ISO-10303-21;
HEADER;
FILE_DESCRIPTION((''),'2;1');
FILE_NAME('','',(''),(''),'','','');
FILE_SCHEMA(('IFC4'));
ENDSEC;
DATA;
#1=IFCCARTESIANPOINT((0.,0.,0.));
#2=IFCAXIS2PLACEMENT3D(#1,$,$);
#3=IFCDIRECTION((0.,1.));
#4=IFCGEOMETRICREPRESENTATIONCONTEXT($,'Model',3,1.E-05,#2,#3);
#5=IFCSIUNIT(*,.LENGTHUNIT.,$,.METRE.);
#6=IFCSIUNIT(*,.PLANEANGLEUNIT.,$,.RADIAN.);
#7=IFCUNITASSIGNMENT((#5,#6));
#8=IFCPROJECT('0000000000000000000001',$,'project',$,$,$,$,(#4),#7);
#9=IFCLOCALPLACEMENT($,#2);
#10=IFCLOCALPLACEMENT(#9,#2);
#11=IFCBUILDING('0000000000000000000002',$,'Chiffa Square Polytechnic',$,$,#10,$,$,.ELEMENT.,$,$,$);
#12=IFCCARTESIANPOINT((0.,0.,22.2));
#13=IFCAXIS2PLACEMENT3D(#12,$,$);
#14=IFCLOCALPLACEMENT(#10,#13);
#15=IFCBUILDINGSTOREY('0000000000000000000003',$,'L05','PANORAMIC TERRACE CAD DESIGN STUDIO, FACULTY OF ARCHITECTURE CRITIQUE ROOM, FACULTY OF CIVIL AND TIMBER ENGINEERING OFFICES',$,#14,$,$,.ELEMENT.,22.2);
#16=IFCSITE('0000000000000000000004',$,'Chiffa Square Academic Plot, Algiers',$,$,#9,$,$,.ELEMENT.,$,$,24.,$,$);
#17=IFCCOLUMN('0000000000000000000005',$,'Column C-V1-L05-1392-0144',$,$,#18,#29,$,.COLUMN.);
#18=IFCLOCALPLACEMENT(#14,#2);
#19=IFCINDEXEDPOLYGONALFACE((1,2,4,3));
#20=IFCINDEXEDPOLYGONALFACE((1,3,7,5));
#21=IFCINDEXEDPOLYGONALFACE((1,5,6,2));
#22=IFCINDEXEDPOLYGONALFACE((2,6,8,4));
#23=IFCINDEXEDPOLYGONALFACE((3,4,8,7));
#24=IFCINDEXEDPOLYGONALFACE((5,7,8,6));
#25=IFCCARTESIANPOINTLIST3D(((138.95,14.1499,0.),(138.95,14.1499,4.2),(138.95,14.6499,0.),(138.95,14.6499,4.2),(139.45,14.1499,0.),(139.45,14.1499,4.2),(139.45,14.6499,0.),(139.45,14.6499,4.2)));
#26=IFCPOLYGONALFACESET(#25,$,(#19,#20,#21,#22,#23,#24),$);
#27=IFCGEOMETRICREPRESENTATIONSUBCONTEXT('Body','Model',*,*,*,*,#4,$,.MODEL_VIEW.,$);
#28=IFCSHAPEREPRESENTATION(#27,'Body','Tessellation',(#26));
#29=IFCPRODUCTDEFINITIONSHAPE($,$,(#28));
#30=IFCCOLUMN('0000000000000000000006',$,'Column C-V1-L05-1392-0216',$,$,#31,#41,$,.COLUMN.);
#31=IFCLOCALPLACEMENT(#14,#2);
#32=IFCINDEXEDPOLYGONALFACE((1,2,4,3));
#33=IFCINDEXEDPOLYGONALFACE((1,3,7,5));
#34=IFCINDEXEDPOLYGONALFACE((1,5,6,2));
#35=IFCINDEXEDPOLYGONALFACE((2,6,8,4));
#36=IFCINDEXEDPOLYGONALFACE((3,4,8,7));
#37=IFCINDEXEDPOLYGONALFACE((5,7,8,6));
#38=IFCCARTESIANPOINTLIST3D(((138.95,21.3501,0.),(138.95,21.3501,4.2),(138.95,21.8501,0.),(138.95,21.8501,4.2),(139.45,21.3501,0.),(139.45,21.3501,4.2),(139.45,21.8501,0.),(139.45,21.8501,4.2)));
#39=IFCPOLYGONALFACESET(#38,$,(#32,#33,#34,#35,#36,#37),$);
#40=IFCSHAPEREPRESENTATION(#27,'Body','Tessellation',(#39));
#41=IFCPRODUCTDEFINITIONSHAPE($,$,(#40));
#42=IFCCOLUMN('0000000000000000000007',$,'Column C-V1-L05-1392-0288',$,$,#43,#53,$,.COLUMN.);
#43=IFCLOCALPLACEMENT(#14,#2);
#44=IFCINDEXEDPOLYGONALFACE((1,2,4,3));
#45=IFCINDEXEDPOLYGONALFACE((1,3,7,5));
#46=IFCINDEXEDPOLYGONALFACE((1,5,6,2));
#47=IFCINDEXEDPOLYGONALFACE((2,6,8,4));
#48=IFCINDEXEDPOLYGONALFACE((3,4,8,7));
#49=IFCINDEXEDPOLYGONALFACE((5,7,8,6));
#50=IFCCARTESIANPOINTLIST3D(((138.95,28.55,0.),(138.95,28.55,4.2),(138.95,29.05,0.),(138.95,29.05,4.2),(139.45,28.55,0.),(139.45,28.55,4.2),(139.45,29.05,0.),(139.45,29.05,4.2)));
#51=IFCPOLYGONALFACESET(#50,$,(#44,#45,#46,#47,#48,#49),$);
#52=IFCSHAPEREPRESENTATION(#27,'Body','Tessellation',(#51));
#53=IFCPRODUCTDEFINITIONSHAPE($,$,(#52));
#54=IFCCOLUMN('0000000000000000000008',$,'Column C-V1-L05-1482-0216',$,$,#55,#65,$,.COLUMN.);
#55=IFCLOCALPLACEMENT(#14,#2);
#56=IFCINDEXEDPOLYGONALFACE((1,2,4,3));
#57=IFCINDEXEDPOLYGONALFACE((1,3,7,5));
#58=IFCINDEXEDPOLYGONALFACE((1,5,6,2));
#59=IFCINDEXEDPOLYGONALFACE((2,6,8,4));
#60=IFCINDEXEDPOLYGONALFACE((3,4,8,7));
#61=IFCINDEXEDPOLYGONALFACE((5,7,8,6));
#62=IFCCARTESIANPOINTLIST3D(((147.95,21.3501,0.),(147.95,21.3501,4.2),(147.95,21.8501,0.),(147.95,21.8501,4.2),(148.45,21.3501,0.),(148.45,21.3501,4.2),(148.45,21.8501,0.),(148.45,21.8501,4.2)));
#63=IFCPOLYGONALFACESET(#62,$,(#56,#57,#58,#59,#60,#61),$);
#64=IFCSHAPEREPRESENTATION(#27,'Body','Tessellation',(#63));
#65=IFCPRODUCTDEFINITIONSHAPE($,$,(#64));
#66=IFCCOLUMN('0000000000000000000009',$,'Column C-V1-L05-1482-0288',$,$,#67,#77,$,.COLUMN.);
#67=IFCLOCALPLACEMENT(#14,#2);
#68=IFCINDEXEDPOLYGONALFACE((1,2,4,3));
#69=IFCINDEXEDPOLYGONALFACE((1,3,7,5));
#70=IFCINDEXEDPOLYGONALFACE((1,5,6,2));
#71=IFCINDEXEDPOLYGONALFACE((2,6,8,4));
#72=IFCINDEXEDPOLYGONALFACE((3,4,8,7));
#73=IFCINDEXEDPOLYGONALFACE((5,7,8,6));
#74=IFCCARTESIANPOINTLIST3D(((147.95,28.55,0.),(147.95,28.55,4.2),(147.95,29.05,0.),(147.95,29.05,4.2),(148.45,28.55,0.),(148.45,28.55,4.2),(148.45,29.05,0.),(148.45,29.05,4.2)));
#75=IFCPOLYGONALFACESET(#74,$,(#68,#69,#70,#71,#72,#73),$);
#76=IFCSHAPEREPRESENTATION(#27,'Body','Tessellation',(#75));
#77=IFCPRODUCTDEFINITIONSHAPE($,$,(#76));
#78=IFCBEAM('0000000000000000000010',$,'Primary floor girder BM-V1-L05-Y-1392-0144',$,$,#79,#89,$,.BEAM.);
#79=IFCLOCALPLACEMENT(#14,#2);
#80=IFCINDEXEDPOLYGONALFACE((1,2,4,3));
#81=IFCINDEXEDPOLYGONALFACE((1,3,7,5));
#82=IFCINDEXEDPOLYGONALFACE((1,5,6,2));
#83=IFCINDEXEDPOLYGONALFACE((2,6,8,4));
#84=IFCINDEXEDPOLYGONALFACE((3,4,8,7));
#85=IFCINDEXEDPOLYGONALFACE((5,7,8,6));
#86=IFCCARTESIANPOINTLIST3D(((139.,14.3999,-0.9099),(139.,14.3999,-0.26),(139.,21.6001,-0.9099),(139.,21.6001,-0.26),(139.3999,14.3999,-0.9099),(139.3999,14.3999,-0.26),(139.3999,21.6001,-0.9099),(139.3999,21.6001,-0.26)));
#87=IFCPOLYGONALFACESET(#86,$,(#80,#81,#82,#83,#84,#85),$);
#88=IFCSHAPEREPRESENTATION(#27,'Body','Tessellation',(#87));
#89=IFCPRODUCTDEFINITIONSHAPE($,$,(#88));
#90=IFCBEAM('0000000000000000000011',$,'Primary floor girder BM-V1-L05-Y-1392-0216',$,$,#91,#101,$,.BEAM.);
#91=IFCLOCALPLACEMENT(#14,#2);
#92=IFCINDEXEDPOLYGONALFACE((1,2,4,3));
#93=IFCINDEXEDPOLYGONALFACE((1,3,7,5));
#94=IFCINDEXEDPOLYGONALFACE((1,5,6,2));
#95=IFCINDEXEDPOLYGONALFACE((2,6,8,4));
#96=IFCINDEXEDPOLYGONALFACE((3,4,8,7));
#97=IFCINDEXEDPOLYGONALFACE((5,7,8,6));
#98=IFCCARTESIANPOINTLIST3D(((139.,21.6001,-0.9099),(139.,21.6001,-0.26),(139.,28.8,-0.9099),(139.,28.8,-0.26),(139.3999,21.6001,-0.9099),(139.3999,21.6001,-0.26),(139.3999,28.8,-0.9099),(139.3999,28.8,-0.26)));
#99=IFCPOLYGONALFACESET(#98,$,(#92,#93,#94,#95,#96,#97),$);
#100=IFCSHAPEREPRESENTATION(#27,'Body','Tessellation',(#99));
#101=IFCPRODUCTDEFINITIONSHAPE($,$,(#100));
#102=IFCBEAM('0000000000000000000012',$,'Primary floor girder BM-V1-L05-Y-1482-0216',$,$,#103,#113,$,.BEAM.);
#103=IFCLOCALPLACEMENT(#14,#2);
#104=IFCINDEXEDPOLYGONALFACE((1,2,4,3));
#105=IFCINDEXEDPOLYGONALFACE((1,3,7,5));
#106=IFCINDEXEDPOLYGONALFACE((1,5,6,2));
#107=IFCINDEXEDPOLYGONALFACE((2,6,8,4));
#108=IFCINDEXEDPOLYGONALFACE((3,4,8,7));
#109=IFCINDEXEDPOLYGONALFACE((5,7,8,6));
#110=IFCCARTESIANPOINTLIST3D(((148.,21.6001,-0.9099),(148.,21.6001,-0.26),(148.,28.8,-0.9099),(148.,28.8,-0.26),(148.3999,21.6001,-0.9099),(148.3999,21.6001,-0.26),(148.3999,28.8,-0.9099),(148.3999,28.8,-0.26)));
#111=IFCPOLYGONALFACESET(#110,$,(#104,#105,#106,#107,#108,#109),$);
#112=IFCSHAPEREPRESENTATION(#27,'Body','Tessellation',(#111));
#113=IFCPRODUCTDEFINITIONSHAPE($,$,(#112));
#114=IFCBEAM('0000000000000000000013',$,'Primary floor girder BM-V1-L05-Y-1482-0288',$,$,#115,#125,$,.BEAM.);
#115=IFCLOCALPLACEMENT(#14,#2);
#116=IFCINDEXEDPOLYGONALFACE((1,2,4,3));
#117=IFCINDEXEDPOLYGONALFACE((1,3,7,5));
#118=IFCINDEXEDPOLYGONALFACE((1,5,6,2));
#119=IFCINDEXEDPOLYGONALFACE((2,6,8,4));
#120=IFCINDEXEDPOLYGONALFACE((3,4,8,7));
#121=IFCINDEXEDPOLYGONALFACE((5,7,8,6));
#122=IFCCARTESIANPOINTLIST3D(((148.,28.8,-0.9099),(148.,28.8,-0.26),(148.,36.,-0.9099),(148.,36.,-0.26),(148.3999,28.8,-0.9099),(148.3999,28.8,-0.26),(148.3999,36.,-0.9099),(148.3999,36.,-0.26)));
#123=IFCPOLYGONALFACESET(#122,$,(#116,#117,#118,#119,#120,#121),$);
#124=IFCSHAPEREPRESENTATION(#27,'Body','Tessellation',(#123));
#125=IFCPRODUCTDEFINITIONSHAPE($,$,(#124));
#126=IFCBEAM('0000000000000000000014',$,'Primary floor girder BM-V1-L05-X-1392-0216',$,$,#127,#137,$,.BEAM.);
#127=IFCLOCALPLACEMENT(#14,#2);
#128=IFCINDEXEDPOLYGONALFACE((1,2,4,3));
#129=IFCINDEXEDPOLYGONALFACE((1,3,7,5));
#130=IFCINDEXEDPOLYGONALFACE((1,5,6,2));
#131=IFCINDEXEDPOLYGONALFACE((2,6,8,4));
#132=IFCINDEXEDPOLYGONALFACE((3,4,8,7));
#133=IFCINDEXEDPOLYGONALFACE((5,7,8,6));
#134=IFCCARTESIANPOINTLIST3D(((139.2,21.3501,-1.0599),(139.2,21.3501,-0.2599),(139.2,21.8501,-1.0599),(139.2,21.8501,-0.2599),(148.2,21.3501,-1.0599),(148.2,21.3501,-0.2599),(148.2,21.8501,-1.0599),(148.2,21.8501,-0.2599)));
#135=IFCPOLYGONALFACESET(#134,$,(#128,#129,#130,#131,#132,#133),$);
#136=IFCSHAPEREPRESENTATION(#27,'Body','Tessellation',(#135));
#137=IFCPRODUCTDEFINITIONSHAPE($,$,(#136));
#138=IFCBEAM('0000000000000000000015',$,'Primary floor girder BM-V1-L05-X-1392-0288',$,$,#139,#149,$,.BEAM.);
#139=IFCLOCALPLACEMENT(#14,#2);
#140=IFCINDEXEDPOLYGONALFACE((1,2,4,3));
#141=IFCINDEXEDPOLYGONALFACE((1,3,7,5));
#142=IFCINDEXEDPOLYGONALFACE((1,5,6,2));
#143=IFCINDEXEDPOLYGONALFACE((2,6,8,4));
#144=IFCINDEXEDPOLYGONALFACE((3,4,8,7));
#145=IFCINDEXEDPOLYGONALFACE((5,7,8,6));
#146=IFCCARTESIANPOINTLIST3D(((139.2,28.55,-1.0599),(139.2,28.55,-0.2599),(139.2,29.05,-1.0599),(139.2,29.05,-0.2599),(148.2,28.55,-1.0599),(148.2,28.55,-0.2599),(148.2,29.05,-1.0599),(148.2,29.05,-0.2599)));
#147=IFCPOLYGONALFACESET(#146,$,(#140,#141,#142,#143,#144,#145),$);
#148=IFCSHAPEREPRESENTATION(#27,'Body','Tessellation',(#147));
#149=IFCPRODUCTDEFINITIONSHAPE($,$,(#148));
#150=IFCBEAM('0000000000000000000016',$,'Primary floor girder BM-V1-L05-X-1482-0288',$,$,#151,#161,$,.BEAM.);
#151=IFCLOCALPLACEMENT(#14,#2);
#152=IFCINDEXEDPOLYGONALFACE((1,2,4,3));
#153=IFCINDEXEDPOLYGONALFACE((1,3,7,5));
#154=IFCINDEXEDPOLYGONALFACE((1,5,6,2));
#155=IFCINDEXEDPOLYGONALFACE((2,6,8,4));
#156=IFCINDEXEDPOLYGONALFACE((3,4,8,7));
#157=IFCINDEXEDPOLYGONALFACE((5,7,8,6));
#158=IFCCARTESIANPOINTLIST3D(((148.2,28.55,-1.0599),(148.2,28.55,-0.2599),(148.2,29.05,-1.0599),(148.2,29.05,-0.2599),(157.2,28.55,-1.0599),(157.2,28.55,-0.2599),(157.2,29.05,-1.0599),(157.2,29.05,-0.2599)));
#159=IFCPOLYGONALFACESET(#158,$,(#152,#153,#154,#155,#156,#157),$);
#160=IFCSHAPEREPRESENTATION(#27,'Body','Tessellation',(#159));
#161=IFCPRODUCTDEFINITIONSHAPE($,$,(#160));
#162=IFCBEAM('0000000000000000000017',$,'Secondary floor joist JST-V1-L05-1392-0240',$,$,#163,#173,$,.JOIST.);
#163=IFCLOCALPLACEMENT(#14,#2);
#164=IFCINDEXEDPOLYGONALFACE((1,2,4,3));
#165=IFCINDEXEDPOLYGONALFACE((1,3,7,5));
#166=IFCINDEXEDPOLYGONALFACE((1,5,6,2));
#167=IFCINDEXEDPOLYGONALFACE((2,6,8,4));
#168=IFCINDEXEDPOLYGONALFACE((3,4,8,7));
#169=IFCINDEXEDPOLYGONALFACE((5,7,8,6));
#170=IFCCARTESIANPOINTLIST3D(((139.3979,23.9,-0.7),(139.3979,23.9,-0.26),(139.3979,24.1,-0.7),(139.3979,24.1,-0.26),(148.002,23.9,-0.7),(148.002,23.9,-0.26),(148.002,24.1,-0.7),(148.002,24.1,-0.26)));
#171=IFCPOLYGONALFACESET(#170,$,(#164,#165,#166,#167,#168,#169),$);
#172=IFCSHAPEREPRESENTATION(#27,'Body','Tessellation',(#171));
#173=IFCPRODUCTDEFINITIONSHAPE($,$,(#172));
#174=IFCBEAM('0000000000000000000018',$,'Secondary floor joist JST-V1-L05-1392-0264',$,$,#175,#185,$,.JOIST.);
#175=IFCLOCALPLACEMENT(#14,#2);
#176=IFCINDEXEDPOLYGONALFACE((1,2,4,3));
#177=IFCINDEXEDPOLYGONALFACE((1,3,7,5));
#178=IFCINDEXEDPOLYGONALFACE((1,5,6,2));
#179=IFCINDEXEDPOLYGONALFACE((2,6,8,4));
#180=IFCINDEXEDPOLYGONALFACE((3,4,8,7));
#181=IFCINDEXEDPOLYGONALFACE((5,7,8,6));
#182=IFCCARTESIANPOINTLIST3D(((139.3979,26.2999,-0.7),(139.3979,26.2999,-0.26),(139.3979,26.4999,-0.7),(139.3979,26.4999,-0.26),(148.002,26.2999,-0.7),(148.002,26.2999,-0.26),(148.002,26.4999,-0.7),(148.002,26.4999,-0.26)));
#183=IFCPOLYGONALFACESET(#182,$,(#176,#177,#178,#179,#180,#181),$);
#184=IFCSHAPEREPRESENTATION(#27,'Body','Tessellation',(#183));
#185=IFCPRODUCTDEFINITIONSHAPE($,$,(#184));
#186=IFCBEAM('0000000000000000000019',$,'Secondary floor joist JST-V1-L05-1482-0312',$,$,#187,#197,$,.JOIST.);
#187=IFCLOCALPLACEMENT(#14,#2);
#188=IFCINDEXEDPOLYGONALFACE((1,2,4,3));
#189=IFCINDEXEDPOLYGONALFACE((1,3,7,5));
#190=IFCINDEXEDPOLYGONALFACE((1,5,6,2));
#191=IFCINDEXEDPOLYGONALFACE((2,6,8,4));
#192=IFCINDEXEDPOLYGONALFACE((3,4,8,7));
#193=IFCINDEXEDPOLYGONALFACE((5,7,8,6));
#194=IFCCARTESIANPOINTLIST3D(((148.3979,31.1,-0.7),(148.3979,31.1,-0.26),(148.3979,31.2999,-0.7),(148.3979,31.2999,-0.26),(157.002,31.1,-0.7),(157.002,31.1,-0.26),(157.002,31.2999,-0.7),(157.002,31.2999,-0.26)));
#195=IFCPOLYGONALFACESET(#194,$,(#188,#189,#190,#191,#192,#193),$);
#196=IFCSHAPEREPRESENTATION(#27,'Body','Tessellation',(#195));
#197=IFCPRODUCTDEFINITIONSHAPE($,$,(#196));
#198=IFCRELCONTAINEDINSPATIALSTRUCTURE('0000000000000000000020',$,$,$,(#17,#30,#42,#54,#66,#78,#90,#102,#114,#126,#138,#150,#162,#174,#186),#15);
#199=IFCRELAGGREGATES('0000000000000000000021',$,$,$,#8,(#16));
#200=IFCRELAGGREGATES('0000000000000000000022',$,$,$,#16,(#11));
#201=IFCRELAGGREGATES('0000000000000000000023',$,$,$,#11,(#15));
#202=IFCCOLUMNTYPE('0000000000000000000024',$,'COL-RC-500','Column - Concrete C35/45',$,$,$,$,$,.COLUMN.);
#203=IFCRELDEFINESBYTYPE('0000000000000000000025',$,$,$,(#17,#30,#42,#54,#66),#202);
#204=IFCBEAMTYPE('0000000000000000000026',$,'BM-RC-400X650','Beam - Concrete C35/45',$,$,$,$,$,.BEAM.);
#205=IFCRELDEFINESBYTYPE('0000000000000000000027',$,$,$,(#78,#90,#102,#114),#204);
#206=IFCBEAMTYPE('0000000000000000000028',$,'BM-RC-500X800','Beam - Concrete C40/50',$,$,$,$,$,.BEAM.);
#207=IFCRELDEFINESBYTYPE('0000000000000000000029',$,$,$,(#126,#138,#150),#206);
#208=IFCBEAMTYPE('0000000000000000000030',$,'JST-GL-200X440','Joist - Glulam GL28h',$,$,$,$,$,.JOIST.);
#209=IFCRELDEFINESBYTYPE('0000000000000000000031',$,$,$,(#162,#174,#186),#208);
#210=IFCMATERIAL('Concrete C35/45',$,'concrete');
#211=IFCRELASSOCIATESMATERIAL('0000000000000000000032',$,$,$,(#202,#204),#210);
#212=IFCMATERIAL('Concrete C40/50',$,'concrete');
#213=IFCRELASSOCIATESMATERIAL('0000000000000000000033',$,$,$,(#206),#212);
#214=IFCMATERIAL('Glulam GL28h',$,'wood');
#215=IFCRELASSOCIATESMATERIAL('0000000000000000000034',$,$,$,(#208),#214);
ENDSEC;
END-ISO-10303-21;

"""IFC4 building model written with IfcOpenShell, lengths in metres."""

from ifc_helpers import new_model, si_unit, direction, frame, origin, origin_2d, place, context, subcontext, project, spatial, rectangle, extrude, material, material_profile, profile_set, type_object, element, save


model = new_model("IFC4")

# Units and contexts
model_context = context("Model", 3, precision=1e-05, world=origin(), true_north=direction((0.0, 1.0)))
body_context = subcontext(model_context, "Body", "Model", "MODEL_VIEW")
ifc_project = project(units=[si_unit("LENGTHUNIT", "METRE"), si_unit("PLANEANGLEUNIT", "RADIAN")], contexts=[model_context])

# Site, building, storey
site_placement = place(None, origin())
site = spatial("IfcSite", under=ifc_project, at=site_placement, Name="Chiffa Square Academic Plot, Algiers", CompositionType="ELEMENT", RefElevation=24.0)
building_placement = place(site_placement, origin())
building = spatial("IfcBuilding", under=site, at=building_placement, Name="Chiffa Square Polytechnic", CompositionType="ELEMENT")
storey_placement = place(building_placement, frame((0.0, 0.0, 22.2)))
storey = spatial("IfcBuildingStorey", under=building, at=storey_placement, Name="L05", Description="PANORAMIC TERRACE CAD DESIGN STUDIO, FACULTY OF ARCHITECTURE CRITIQUE ROOM, FACULTY OF CIVIL AND TIMBER ENGINEERING OFFICES", CompositionType="ELEMENT", Elevation=22.2)

# Columns
ifc_material_1 = material(Name="Concrete C35/45", Category="concrete")
ifc_material_profile_1 = material_profile(ifc_material_1, rectangle(XDim=0.5, YDim=0.5, at=origin_2d()), Name="RC 500x500")
ifc_profile_set_1 = profile_set([ifc_material_profile_1], Name="Concrete C35/45")
column_type = type_object("IfcColumnType", Name="COL-RC-500", Description="Column - Concrete C35/45", PredefinedType="COLUMN", material=ifc_profile_set_1)
for number, where, z_axis, x_axis, name in (
    (1, (139.2, 14.3999, 0.0), (0.0, 0.0, 1.0), (1.0, 0.0, 0.0), "Column C-V1-L05-1392-0144"),
    (2, (139.2, 21.6001, 0.0), (0.0, 0.0, 1.0), (1.0, 0.0, 0.0), "Column C-V1-L05-1392-0216"),
    (3, (139.2, 28.8, 0.0), (0.0, 0.0, 1.0), (1.0, 0.0, 0.0), "Column C-V1-L05-1392-0288"),
    (4, (148.2, 21.6001, 0.0), (0.0, 0.0, 1.0), (1.0, 0.0, 0.0), "Column C-V1-L05-1482-0216"),
    (5, (148.2, 28.8, 0.0), (0.0, 0.0, 1.0), (1.0, 0.0, 0.0), "Column C-V1-L05-1482-0288"),
):
    element("IfcColumn", number, at=place(storey_placement, frame(where, z_axis=z_axis, x_axis=x_axis)), inside=storey, type_object=column_type, Name=name, PredefinedType="COLUMN", context=body_context, shape_type="SweptSolid", body=[
        extrude(rectangle(XDim=0.5, YDim=0.5, at=origin_2d()), origin(), (0.0, 0.0, 1.0), 4.2),
    ])

# Beams
ifc_material_profile_2 = material_profile(ifc_material_1, rectangle(XDim=0.3999, YDim=0.6499, at=origin_2d()), Name="RC 400x650")
ifc_profile_set_2 = profile_set([ifc_material_profile_2], Name="Concrete C35/45")
beam_type_1 = type_object("IfcBeamType", Name="BM-RC-400X650", Description="Beam - Concrete C35/45", PredefinedType="BEAM", material=ifc_profile_set_2)
beam_placement = place(storey_placement, frame((139.2, 14.3999, -0.585), z_axis=(0.0, 1.0, 0.0), x_axis=(-1.0, 0.0, 0.0)))
element("IfcBeam", 6, at=beam_placement, inside=storey, type_object=beam_type_1, Name="Primary floor girder BM-V1-L05-Y-1392-0144", PredefinedType="BEAM", context=body_context, shape_type="SweptSolid", body=[
    extrude(rectangle(XDim=0.3999, YDim=0.6499, at=origin_2d()), origin(), (0.0, 0.0, 1.0), 7.2002),
])
for number, where, z_axis, x_axis, name in (
    (7, (139.2, 21.6001, -0.585), (0.0, 1.0, 0.0), (-1.0, 0.0, 0.0), "Primary floor girder BM-V1-L05-Y-1392-0216"),
    (8, (148.2, 21.6001, -0.585), (0.0, 1.0, 0.0), (-1.0, 0.0, 0.0), "Primary floor girder BM-V1-L05-Y-1482-0216"),
    (9, (148.2, 28.8, -0.585), (0.0, 1.0, 0.0), (-1.0, 0.0, 0.0), "Primary floor girder BM-V1-L05-Y-1482-0288"),
):
    element("IfcBeam", number, at=place(storey_placement, frame(where, z_axis=z_axis, x_axis=x_axis)), inside=storey, type_object=beam_type_1, Name=name, PredefinedType="BEAM", context=body_context, shape_type="SweptSolid", body=[
        extrude(rectangle(XDim=0.3999, YDim=0.6499, at=origin_2d()), origin(), (0.0, 0.0, 1.0), 7.2),
    ])
ifc_material_2 = material(Name="Concrete C40/50", Category="concrete")
ifc_material_profile_3 = material_profile(ifc_material_2, rectangle(XDim=0.5, YDim=0.8, at=origin_2d()), Name="RC 500x800")
ifc_profile_set_3 = profile_set([ifc_material_profile_3], Name="Concrete C40/50")
beam_type_2 = type_object("IfcBeamType", Name="BM-RC-500X800", Description="Beam - Concrete C40/50", PredefinedType="BEAM", material=ifc_profile_set_3)
for number, where, z_axis, x_axis, name in (
    (10, (139.2, 21.6001, -0.6599), (1.0, 0.0, 0.0), (0.0, 1.0, 0.0), "Primary floor girder BM-V1-L05-X-1392-0216"),
    (11, (139.2, 28.8, -0.6599), (1.0, 0.0, 0.0), (0.0, 1.0, 0.0), "Primary floor girder BM-V1-L05-X-1392-0288"),
    (12, (148.2, 28.8, -0.6599), (1.0, 0.0, 0.0), (0.0, 1.0, 0.0), "Primary floor girder BM-V1-L05-X-1482-0288"),
):
    element("IfcBeam", number, at=place(storey_placement, frame(where, z_axis=z_axis, x_axis=x_axis)), inside=storey, type_object=beam_type_2, Name=name, PredefinedType="BEAM", context=body_context, shape_type="SweptSolid", body=[
        extrude(rectangle(XDim=0.5, YDim=0.8, at=origin_2d()), origin(), (0.0, 0.0, 1.0), 9.0),
    ])
ifc_material_3 = material(Name="Glulam GL28h", Category="wood")
ifc_material_profile_4 = material_profile(ifc_material_3, rectangle(XDim=0.2, YDim=0.4399, at=origin_2d()), Name="GL28h 200x440")
ifc_profile_set_4 = profile_set([ifc_material_profile_4], Name="Glulam GL28h")
beam_type_3 = type_object("IfcBeamType", Name="JST-GL-200X440", Description="Joist - Glulam GL28h", PredefinedType="JOIST", material=ifc_profile_set_4)
for number, where, z_axis, x_axis, name in (
    (13, (139.3979, 24.0, -0.48), (1.0, 0.0, 0.0), (0.0, 1.0, 0.0), "Secondary floor joist JST-V1-L05-1392-0240"),
    (14, (139.3979, 26.3999, -0.48), (1.0, 0.0, 0.0), (0.0, 1.0, 0.0), "Secondary floor joist JST-V1-L05-1392-0264"),
    (15, (148.3979, 31.2, -0.48), (1.0, 0.0, 0.0), (0.0, 1.0, 0.0), "Secondary floor joist JST-V1-L05-1482-0312"),
):
    element("IfcBeam", number, at=place(storey_placement, frame(where, z_axis=z_axis, x_axis=x_axis)), inside=storey, type_object=beam_type_3, Name=name, PredefinedType="JOIST", context=body_context, shape_type="SweptSolid", body=[
        extrude(rectangle(XDim=0.2, YDim=0.4399, at=origin_2d()), origin(), (0.0, 0.0, 1.0), 8.604),
    ])

save(model, "model.ifc")
